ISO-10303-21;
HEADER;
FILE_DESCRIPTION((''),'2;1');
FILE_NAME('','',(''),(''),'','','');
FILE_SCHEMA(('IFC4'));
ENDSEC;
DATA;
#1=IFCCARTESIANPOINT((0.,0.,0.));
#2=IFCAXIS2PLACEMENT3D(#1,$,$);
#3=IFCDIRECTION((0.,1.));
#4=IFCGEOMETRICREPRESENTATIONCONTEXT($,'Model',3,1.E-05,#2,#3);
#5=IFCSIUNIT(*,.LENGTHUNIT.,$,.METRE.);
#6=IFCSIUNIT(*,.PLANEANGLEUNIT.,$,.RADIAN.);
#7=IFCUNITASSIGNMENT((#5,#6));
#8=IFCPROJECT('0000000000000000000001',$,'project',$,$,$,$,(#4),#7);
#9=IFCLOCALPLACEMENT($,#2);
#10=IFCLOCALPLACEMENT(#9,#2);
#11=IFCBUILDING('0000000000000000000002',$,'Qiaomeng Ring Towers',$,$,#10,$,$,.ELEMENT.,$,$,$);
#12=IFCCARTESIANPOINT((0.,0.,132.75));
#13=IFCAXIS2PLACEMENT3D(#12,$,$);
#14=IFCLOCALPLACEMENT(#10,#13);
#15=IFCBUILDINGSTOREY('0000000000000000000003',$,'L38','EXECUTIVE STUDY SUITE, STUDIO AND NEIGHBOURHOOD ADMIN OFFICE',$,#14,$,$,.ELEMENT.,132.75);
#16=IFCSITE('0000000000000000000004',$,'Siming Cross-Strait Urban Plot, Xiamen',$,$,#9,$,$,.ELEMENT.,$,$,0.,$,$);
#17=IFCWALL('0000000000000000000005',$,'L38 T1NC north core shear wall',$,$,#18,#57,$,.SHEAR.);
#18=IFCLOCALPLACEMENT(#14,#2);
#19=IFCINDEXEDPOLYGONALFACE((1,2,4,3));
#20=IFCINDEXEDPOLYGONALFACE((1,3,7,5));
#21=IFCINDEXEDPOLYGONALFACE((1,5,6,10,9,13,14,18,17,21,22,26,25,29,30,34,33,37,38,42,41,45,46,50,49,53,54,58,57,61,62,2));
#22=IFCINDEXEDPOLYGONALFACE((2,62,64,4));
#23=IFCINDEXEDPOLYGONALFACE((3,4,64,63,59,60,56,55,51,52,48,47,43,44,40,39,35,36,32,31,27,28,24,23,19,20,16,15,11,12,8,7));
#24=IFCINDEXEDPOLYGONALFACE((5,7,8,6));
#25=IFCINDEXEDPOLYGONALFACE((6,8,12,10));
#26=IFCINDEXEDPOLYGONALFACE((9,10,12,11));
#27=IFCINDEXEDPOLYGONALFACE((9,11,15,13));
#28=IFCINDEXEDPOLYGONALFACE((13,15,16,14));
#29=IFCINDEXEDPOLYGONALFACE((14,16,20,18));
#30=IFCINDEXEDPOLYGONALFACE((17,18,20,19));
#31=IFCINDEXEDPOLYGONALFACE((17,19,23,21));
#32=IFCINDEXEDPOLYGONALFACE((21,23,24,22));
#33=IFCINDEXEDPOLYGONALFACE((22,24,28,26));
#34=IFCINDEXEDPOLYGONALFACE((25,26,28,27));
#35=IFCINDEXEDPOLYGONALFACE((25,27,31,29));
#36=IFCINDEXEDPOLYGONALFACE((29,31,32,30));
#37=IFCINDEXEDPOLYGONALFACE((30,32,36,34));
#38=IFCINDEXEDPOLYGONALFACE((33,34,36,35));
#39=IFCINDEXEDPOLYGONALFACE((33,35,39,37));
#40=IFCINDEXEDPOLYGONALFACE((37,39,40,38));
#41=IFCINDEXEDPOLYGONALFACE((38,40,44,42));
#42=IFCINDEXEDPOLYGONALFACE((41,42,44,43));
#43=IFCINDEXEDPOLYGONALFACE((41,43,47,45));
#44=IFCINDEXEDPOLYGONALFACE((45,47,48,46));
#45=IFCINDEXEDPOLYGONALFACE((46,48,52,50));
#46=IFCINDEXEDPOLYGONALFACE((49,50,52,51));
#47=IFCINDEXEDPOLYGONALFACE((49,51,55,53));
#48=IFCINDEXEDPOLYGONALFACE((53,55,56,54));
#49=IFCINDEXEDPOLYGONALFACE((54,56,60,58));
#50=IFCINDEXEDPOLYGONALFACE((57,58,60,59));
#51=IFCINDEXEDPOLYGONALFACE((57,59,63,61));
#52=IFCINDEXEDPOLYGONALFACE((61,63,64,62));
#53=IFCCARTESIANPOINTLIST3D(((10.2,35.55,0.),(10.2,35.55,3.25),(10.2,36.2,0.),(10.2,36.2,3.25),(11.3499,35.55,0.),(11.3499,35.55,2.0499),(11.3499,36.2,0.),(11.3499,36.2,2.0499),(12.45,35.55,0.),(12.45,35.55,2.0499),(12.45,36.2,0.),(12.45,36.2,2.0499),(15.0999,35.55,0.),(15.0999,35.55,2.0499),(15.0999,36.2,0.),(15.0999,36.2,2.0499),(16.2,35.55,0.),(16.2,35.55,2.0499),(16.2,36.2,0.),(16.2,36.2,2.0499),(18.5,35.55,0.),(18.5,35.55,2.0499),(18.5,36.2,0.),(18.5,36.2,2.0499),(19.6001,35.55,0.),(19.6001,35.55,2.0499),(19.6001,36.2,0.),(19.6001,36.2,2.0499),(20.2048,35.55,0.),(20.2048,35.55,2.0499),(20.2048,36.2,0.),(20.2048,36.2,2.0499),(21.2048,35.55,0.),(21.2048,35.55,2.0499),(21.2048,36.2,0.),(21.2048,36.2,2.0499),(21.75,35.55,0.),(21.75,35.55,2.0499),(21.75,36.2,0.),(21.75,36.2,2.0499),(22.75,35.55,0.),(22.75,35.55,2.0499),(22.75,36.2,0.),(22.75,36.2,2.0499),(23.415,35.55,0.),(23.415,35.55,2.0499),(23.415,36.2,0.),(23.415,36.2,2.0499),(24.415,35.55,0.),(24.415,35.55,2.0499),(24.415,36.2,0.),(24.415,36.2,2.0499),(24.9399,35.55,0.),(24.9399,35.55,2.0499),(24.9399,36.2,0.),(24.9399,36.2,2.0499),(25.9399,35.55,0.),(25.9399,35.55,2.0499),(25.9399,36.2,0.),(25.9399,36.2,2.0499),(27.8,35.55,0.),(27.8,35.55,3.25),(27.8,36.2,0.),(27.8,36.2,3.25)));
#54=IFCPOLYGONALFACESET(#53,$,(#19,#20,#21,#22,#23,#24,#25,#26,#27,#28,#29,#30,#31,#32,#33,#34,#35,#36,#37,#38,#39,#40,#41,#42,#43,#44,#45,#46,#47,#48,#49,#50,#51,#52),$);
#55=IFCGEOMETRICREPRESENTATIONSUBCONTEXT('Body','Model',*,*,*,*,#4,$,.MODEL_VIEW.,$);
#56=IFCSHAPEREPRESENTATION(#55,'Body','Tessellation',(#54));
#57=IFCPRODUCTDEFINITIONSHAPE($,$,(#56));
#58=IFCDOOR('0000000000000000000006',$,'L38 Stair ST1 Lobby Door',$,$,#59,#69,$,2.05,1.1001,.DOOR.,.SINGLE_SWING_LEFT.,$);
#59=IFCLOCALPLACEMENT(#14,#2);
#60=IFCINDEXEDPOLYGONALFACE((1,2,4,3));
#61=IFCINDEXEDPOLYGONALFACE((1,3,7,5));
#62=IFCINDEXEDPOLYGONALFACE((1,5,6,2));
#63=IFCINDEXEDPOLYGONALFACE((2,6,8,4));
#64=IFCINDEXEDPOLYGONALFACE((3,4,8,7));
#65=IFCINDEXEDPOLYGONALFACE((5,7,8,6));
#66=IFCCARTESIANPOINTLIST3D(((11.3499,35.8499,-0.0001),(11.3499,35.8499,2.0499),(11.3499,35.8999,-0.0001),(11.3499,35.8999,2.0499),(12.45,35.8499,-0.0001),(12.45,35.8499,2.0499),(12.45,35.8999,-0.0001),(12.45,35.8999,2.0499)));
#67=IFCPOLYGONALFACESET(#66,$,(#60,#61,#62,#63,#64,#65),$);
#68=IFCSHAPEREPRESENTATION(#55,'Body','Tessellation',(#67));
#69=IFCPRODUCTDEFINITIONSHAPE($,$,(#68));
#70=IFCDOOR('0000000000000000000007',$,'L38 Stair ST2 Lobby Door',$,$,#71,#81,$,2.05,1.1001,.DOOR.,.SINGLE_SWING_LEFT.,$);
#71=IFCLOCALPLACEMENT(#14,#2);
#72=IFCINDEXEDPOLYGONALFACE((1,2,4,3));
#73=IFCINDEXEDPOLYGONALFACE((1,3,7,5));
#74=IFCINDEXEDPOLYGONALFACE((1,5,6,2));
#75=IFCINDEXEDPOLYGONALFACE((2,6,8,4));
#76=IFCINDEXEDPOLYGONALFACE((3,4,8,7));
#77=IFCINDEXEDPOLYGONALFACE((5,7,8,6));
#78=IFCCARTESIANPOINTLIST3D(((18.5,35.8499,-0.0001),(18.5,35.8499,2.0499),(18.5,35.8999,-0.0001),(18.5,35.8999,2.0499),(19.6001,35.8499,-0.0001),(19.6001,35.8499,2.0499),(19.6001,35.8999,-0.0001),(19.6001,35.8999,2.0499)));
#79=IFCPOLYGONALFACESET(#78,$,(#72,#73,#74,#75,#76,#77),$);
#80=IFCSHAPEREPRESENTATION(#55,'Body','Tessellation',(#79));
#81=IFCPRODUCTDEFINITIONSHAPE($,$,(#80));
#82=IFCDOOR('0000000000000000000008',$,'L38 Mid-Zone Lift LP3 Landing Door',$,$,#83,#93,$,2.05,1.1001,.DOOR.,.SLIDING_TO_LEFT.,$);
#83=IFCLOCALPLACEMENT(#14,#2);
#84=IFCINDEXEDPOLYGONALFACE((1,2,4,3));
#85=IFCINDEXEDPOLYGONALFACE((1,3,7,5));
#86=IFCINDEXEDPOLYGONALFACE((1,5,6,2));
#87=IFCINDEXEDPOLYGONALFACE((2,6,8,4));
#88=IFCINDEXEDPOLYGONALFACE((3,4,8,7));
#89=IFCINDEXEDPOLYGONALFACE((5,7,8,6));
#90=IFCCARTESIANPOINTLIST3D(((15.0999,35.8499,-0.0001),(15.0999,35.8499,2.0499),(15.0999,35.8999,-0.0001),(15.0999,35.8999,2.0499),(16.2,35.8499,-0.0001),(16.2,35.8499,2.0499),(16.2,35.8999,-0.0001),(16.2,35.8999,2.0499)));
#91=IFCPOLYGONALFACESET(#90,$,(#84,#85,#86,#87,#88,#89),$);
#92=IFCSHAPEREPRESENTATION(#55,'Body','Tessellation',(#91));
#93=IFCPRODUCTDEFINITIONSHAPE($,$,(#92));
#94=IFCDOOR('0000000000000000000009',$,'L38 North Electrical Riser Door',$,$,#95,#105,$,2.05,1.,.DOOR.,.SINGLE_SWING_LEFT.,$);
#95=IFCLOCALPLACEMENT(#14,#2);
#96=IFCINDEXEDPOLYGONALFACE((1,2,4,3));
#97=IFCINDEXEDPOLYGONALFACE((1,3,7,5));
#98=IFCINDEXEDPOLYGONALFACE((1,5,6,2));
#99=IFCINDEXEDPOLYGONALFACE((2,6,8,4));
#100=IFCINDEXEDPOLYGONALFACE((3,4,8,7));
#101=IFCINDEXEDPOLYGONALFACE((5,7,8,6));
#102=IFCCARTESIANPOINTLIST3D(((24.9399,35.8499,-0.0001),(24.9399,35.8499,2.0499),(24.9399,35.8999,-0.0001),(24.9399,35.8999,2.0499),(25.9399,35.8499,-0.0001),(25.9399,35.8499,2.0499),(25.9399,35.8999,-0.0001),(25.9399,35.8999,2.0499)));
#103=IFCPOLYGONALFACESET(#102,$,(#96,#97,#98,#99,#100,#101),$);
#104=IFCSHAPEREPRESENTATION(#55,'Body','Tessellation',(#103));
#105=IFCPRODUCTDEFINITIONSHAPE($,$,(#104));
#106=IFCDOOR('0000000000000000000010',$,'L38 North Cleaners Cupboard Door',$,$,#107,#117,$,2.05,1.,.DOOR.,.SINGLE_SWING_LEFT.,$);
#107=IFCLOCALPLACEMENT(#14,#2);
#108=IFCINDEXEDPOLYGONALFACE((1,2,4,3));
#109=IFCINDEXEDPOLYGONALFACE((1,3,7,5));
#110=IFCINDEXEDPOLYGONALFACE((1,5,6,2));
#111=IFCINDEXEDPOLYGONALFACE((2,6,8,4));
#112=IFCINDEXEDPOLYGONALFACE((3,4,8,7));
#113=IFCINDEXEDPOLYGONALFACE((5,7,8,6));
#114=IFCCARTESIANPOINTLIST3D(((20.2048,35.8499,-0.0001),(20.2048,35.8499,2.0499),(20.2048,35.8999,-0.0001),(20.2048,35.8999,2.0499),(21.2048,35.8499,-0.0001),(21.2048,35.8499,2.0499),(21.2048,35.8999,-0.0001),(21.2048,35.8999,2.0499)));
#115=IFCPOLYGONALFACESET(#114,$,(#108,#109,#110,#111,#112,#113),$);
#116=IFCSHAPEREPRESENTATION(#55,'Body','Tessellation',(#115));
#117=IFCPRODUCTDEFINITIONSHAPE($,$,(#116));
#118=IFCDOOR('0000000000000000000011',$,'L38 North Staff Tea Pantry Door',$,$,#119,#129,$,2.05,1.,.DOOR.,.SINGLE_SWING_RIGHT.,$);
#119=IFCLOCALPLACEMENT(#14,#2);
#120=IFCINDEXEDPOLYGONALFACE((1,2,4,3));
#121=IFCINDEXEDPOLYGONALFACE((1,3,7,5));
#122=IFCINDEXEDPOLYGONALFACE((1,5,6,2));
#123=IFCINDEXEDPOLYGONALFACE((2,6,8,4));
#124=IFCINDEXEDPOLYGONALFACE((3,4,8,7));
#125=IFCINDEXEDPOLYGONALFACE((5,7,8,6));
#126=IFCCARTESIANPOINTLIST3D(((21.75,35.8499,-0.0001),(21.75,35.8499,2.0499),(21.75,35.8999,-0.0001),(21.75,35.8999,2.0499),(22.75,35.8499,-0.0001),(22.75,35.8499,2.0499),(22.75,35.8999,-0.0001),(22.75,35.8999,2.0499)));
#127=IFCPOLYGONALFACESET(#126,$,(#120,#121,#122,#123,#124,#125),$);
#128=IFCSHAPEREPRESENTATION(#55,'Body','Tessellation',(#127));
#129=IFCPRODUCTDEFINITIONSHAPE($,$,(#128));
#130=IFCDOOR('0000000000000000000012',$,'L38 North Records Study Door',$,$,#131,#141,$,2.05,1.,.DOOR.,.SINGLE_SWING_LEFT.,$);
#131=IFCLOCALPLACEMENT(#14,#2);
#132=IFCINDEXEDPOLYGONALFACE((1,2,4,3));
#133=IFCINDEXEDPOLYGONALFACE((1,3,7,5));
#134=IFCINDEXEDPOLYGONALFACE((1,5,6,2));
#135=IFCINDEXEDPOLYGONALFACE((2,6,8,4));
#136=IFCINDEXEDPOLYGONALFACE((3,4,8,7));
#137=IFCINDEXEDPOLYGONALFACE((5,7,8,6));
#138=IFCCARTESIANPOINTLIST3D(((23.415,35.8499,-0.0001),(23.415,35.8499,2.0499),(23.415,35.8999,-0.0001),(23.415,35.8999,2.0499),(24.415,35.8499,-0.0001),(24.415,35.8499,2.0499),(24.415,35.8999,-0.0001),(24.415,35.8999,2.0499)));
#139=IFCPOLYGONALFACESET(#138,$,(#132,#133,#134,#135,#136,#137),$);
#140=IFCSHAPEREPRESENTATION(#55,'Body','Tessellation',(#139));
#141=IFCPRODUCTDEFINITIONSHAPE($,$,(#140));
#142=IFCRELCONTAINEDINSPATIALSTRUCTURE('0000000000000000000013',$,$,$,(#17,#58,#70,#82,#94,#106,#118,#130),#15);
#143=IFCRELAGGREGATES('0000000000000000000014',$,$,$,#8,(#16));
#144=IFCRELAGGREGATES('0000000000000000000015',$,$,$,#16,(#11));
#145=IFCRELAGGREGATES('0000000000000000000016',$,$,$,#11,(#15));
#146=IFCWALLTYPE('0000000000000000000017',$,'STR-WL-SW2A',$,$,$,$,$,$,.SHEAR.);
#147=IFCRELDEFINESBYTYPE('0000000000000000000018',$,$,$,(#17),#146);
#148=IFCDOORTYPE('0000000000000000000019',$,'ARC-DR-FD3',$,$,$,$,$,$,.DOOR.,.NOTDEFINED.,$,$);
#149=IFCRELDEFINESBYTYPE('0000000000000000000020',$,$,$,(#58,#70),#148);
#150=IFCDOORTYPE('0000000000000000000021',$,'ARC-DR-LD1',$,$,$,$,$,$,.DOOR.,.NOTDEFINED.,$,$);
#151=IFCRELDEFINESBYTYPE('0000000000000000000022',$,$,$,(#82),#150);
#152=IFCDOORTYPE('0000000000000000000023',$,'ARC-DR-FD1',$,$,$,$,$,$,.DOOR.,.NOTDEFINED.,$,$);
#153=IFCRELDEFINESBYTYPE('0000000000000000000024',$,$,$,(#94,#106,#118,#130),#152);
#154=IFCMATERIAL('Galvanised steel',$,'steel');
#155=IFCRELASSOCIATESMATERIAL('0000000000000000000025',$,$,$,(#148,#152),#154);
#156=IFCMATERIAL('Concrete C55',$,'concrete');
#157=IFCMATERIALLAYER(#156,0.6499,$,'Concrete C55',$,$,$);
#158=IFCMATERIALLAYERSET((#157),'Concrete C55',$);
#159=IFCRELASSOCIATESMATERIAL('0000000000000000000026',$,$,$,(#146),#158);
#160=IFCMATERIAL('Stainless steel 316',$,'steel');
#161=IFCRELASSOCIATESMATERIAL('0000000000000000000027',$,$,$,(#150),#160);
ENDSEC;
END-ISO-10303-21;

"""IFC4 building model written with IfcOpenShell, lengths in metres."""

from ifc_helpers import new_model, si_unit, direction, frame, frame_2d, origin, place, context, subcontext, project, spatial, rectangle, extrude, source, transform, mapped, material, layer, layer_set, type_object, element, fill, save


model = new_model("IFC4")

# Units and contexts
model_context = context("Model", 3, precision=1e-05, world=origin(), true_north=direction((0.0, 1.0)))
body_context = subcontext(model_context, "Body", "Model", "MODEL_VIEW")
ifc_project = project(units=[si_unit("LENGTHUNIT", "METRE"), si_unit("PLANEANGLEUNIT", "RADIAN")], contexts=[model_context])

# Site, building, storey
site_placement = place(None, origin())
site = spatial("IfcSite", under=ifc_project, at=site_placement, Name="Siming Cross-Strait Urban Plot, Xiamen", CompositionType="ELEMENT", RefElevation=0.0)
building_placement = place(site_placement, origin())
building = spatial("IfcBuilding", under=site, at=building_placement, Name="Qiaomeng Ring Towers", CompositionType="ELEMENT")
storey_placement = place(building_placement, frame((0.0, 0.0, 132.75)))
storey = spatial("IfcBuildingStorey", under=building, at=storey_placement, Name="L38", Description="EXECUTIVE STUDY SUITE, STUDIO AND NEIGHBOURHOOD ADMIN OFFICE", CompositionType="ELEMENT", Elevation=132.75)

# Shared definitions
ifc_material_1 = material(Name="Concrete C55", Category="concrete")

# Shared definitions
shared_shape_1 = source(origin(), body_context, "Body", "SweptSolid", [
    extrude(rectangle(XDim=1.0, YDim=2.05, at=frame_2d((0.5, 1.0249))), frame((0.0, 0.0249, 0.0), z_axis=(0.0, -1.0, 0.0), x_axis=(1.0, 0.0, 0.0)), (0.0, 0.0, 1.0), 0.05),
])

# Shared definitions
ifc_material_2 = material(Name="Galvanised steel", Category="steel")
door_type_1 = type_object("IfcDoorType", Name="ARC-DR-FD3", OperationType="NOTDEFINED", PredefinedType="DOOR", material=ifc_material_2)
shared_shape_2 = source(origin(), body_context, "Body", "SweptSolid", [
    extrude(rectangle(XDim=1.1001, YDim=2.05, at=frame_2d((0.55, 1.0249))), frame((0.0, 0.0249, 0.0), z_axis=(0.0, -1.0, 0.0), x_axis=(1.0, 0.0, 0.0)), (0.0, 0.0, 1.0), 0.05),
])

# Wall, openings, doors
ifc_layer_1 = layer(ifc_material_1, 0.6499, Name="Concrete C55")
ifc_layer_set_1 = layer_set([ifc_layer_1], Name="Concrete C55")
wall_type_1 = type_object("IfcWallType", Name="STR-WL-SW2A", PredefinedType="SHEAR", material=ifc_layer_set_1)
wall_1_placement = place(storey_placement, frame((10.2, 35.875, 0.0), z_axis=(0.0, 0.0, 1.0), x_axis=(1.0, 0.0, 0.0)))
wall_1 = element("IfcWall", 1, at=wall_1_placement, inside=storey, type_object=wall_type_1, Name="L38 T1NC north core shear wall", PredefinedType="SHEAR", context=body_context, shape_type="SweptSolid", body=[
    extrude(rectangle(XDim=17.6001, YDim=0.6499, at=frame_2d((8.8, 0.0))), origin(), (0.0, 0.0, 1.0), 3.25),
])
opening_1_placement = place(wall_1_placement, frame((1.1499, 0.0, 0.0)))
opening_1 = element("IfcOpeningElement", 2, at=opening_1_placement, cuts=wall_1, PredefinedType="OPENING", context=body_context, shape_type="SweptSolid", body=[
    extrude(rectangle(XDim=1.1001, YDim=2.05, at=frame_2d((0.55, 1.0249))), frame((0.0, 0.335, 0.0), z_axis=(0.0, -1.0, 0.0), x_axis=(1.0, 0.0, 0.0)), (0.0, 0.0, 1.0), 0.6699),
])
opening_2_placement = place(wall_1_placement, frame((8.3, 0.0, 0.0)))
opening_2 = element("IfcOpeningElement", 3, at=opening_2_placement, cuts=wall_1, PredefinedType="OPENING", context=body_context, shape_type="SweptSolid", body=[
    extrude(rectangle(XDim=1.1001, YDim=2.05, at=frame_2d((0.55, 1.0249))), frame((0.0, 0.335, 0.0), z_axis=(0.0, -1.0, 0.0), x_axis=(1.0, 0.0, 0.0)), (0.0, 0.0, 1.0), 0.6699),
])
opening_3_placement = place(wall_1_placement, frame((4.8999, 0.0, 0.0)))
opening_3 = element("IfcOpeningElement", 4, at=opening_3_placement, cuts=wall_1, PredefinedType="OPENING", context=body_context, shape_type="SweptSolid", body=[
    extrude(rectangle(XDim=1.1001, YDim=2.05, at=frame_2d((0.55, 1.0249))), frame((0.0, 0.335, 0.0), z_axis=(0.0, -1.0, 0.0), x_axis=(1.0, 0.0, 0.0)), (0.0, 0.0, 1.0), 0.6699),
])
opening_4_placement = place(wall_1_placement, frame((14.74, 0.0, 0.0)))
opening_4 = element("IfcOpeningElement", 5, at=opening_4_placement, cuts=wall_1, PredefinedType="OPENING", context=body_context, shape_type="SweptSolid", body=[
    extrude(rectangle(XDim=1.0, YDim=2.05, at=frame_2d((0.5, 1.0249))), frame((0.0, 0.335, 0.0), z_axis=(0.0, -1.0, 0.0), x_axis=(1.0, 0.0, 0.0)), (0.0, 0.0, 1.0), 0.6699),
])
opening_5_placement = place(wall_1_placement, frame((10.0049, 0.0, 0.0)))
opening_5 = element("IfcOpeningElement", 6, at=opening_5_placement, cuts=wall_1, PredefinedType="OPENING", context=body_context, shape_type="SweptSolid", body=[
    extrude(rectangle(XDim=1.0, YDim=2.05, at=frame_2d((0.5, 1.0249))), frame((0.0, 0.335, 0.0), z_axis=(0.0, -1.0, 0.0), x_axis=(1.0, 0.0, 0.0)), (0.0, 0.0, 1.0), 0.6699),
])
opening_6_placement = place(wall_1_placement, frame((11.55, 0.0, 0.0)))
opening_6 = element("IfcOpeningElement", 7, at=opening_6_placement, cuts=wall_1, PredefinedType="OPENING", context=body_context, shape_type="SweptSolid", body=[
    extrude(rectangle(XDim=1.0, YDim=2.05, at=frame_2d((0.5, 1.0249))), frame((0.0, 0.335, 0.0), z_axis=(0.0, -1.0, 0.0), x_axis=(1.0, 0.0, 0.0)), (0.0, 0.0, 1.0), 0.6699),
])
opening_7_placement = place(wall_1_placement, frame((13.2151, 0.0, 0.0)))
opening_7 = element("IfcOpeningElement", 8, at=opening_7_placement, cuts=wall_1, PredefinedType="OPENING", context=body_context, shape_type="SweptSolid", body=[
    extrude(rectangle(XDim=1.0, YDim=2.05, at=frame_2d((0.5, 1.0249))), frame((0.0, 0.335, 0.0), z_axis=(0.0, -1.0, 0.0), x_axis=(1.0, 0.0, 0.0)), (0.0, 0.0, 1.0), 0.6699),
])
door_1_placement = place(opening_1_placement, origin())
door_1 = element("IfcDoor", 9, at=door_1_placement, inside=storey, type_object=door_type_1, Name="L38 Stair ST1 Lobby Door", OperationType="SINGLE_SWING_LEFT", OverallHeight=2.05, OverallWidth=1.1001, PredefinedType="DOOR", context=body_context, shape_type="MappedRepresentation", body=[
    mapped(shared_shape_2, transform((0.0, 0.0, 0.0), x_axis=(1.0, 0.0, 0.0), y_axis=(0.0, 1.0, 0.0), z_axis=(0.0, 0.0, 1.0), scale=1.0)),
])
fill(opening_1, door_1)
door_2_placement = place(opening_2_placement, origin())
door_2 = element("IfcDoor", 10, at=door_2_placement, inside=storey, type_object=door_type_1, Name="L38 Stair ST2 Lobby Door", OperationType="SINGLE_SWING_LEFT", OverallHeight=2.05, OverallWidth=1.1001, PredefinedType="DOOR", context=body_context, shape_type="MappedRepresentation", body=[
    mapped(shared_shape_2, transform((0.0, 0.0, 0.0), x_axis=(1.0, 0.0, 0.0), y_axis=(0.0, 1.0, 0.0), z_axis=(0.0, 0.0, 1.0), scale=1.0)),
])
fill(opening_2, door_2)
ifc_material_3 = material(Name="Stainless steel 316", Category="steel")
door_type_2 = type_object("IfcDoorType", Name="ARC-DR-LD1", OperationType="NOTDEFINED", PredefinedType="DOOR", material=ifc_material_3)
door_3_placement = place(opening_3_placement, origin())
door_3 = element("IfcDoor", 11, at=door_3_placement, inside=storey, type_object=door_type_2, Name="L38 Mid-Zone Lift LP3 Landing Door", OperationType="SLIDING_TO_LEFT", OverallHeight=2.05, OverallWidth=1.1001, PredefinedType="DOOR", context=body_context, shape_type="MappedRepresentation", body=[
    mapped(shared_shape_2, transform((0.0, 0.0, 0.0), x_axis=(1.0, 0.0, 0.0), y_axis=(0.0, 1.0, 0.0), z_axis=(0.0, 0.0, 1.0), scale=1.0)),
])
fill(opening_3, door_3)
door_type_3 = type_object("IfcDoorType", Name="ARC-DR-FD1", OperationType="NOTDEFINED", PredefinedType="DOOR", material=ifc_material_2)
door_4_placement = place(opening_4_placement, origin())
door_4 = element("IfcDoor", 12, at=door_4_placement, inside=storey, type_object=door_type_3, Name="L38 North Electrical Riser Door", OperationType="SINGLE_SWING_LEFT", OverallHeight=2.05, OverallWidth=1.0, PredefinedType="DOOR", context=body_context, shape_type="MappedRepresentation", body=[
    mapped(shared_shape_1, transform((0.0, 0.0, 0.0), x_axis=(1.0, 0.0, 0.0), y_axis=(0.0, 1.0, 0.0), z_axis=(0.0, 0.0, 1.0), scale=1.0)),
])
fill(opening_4, door_4)
door_5_placement = place(opening_5_placement, origin())
door_5 = element("IfcDoor", 13, at=door_5_placement, inside=storey, type_object=door_type_3, Name="L38 North Cleaners Cupboard Door", OperationType="SINGLE_SWING_LEFT", OverallHeight=2.05, OverallWidth=1.0, PredefinedType="DOOR", context=body_context, shape_type="MappedRepresentation", body=[
    mapped(shared_shape_1, transform((0.0, 0.0, 0.0), x_axis=(1.0, 0.0, 0.0), y_axis=(0.0, 1.0, 0.0), z_axis=(0.0, 0.0, 1.0), scale=1.0)),
])
fill(opening_5, door_5)
door_6_placement = place(opening_6_placement, origin())
door_6 = element("IfcDoor", 14, at=door_6_placement, inside=storey, type_object=door_type_3, Name="L38 North Staff Tea Pantry Door", OperationType="SINGLE_SWING_RIGHT", OverallHeight=2.05, OverallWidth=1.0, PredefinedType="DOOR", context=body_context, shape_type="MappedRepresentation", body=[
    mapped(shared_shape_1, transform((0.0, 0.0, 0.0), x_axis=(1.0, 0.0, 0.0), y_axis=(0.0, 1.0, 0.0), z_axis=(0.0, 0.0, 1.0), scale=1.0)),
])
fill(opening_6, door_6)
door_7_placement = place(opening_7_placement, origin())
door_7 = element("IfcDoor", 15, at=door_7_placement, inside=storey, type_object=door_type_3, Name="L38 North Records Study Door", OperationType="SINGLE_SWING_LEFT", OverallHeight=2.05, OverallWidth=1.0, PredefinedType="DOOR", context=body_context, shape_type="MappedRepresentation", body=[
    mapped(shared_shape_1, transform((0.0, 0.0, 0.0), x_axis=(1.0, 0.0, 0.0), y_axis=(0.0, 1.0, 0.0), z_axis=(0.0, 0.0, 1.0), scale=1.0)),
])
fill(opening_7, door_7)

save(model, "model.ifc")
